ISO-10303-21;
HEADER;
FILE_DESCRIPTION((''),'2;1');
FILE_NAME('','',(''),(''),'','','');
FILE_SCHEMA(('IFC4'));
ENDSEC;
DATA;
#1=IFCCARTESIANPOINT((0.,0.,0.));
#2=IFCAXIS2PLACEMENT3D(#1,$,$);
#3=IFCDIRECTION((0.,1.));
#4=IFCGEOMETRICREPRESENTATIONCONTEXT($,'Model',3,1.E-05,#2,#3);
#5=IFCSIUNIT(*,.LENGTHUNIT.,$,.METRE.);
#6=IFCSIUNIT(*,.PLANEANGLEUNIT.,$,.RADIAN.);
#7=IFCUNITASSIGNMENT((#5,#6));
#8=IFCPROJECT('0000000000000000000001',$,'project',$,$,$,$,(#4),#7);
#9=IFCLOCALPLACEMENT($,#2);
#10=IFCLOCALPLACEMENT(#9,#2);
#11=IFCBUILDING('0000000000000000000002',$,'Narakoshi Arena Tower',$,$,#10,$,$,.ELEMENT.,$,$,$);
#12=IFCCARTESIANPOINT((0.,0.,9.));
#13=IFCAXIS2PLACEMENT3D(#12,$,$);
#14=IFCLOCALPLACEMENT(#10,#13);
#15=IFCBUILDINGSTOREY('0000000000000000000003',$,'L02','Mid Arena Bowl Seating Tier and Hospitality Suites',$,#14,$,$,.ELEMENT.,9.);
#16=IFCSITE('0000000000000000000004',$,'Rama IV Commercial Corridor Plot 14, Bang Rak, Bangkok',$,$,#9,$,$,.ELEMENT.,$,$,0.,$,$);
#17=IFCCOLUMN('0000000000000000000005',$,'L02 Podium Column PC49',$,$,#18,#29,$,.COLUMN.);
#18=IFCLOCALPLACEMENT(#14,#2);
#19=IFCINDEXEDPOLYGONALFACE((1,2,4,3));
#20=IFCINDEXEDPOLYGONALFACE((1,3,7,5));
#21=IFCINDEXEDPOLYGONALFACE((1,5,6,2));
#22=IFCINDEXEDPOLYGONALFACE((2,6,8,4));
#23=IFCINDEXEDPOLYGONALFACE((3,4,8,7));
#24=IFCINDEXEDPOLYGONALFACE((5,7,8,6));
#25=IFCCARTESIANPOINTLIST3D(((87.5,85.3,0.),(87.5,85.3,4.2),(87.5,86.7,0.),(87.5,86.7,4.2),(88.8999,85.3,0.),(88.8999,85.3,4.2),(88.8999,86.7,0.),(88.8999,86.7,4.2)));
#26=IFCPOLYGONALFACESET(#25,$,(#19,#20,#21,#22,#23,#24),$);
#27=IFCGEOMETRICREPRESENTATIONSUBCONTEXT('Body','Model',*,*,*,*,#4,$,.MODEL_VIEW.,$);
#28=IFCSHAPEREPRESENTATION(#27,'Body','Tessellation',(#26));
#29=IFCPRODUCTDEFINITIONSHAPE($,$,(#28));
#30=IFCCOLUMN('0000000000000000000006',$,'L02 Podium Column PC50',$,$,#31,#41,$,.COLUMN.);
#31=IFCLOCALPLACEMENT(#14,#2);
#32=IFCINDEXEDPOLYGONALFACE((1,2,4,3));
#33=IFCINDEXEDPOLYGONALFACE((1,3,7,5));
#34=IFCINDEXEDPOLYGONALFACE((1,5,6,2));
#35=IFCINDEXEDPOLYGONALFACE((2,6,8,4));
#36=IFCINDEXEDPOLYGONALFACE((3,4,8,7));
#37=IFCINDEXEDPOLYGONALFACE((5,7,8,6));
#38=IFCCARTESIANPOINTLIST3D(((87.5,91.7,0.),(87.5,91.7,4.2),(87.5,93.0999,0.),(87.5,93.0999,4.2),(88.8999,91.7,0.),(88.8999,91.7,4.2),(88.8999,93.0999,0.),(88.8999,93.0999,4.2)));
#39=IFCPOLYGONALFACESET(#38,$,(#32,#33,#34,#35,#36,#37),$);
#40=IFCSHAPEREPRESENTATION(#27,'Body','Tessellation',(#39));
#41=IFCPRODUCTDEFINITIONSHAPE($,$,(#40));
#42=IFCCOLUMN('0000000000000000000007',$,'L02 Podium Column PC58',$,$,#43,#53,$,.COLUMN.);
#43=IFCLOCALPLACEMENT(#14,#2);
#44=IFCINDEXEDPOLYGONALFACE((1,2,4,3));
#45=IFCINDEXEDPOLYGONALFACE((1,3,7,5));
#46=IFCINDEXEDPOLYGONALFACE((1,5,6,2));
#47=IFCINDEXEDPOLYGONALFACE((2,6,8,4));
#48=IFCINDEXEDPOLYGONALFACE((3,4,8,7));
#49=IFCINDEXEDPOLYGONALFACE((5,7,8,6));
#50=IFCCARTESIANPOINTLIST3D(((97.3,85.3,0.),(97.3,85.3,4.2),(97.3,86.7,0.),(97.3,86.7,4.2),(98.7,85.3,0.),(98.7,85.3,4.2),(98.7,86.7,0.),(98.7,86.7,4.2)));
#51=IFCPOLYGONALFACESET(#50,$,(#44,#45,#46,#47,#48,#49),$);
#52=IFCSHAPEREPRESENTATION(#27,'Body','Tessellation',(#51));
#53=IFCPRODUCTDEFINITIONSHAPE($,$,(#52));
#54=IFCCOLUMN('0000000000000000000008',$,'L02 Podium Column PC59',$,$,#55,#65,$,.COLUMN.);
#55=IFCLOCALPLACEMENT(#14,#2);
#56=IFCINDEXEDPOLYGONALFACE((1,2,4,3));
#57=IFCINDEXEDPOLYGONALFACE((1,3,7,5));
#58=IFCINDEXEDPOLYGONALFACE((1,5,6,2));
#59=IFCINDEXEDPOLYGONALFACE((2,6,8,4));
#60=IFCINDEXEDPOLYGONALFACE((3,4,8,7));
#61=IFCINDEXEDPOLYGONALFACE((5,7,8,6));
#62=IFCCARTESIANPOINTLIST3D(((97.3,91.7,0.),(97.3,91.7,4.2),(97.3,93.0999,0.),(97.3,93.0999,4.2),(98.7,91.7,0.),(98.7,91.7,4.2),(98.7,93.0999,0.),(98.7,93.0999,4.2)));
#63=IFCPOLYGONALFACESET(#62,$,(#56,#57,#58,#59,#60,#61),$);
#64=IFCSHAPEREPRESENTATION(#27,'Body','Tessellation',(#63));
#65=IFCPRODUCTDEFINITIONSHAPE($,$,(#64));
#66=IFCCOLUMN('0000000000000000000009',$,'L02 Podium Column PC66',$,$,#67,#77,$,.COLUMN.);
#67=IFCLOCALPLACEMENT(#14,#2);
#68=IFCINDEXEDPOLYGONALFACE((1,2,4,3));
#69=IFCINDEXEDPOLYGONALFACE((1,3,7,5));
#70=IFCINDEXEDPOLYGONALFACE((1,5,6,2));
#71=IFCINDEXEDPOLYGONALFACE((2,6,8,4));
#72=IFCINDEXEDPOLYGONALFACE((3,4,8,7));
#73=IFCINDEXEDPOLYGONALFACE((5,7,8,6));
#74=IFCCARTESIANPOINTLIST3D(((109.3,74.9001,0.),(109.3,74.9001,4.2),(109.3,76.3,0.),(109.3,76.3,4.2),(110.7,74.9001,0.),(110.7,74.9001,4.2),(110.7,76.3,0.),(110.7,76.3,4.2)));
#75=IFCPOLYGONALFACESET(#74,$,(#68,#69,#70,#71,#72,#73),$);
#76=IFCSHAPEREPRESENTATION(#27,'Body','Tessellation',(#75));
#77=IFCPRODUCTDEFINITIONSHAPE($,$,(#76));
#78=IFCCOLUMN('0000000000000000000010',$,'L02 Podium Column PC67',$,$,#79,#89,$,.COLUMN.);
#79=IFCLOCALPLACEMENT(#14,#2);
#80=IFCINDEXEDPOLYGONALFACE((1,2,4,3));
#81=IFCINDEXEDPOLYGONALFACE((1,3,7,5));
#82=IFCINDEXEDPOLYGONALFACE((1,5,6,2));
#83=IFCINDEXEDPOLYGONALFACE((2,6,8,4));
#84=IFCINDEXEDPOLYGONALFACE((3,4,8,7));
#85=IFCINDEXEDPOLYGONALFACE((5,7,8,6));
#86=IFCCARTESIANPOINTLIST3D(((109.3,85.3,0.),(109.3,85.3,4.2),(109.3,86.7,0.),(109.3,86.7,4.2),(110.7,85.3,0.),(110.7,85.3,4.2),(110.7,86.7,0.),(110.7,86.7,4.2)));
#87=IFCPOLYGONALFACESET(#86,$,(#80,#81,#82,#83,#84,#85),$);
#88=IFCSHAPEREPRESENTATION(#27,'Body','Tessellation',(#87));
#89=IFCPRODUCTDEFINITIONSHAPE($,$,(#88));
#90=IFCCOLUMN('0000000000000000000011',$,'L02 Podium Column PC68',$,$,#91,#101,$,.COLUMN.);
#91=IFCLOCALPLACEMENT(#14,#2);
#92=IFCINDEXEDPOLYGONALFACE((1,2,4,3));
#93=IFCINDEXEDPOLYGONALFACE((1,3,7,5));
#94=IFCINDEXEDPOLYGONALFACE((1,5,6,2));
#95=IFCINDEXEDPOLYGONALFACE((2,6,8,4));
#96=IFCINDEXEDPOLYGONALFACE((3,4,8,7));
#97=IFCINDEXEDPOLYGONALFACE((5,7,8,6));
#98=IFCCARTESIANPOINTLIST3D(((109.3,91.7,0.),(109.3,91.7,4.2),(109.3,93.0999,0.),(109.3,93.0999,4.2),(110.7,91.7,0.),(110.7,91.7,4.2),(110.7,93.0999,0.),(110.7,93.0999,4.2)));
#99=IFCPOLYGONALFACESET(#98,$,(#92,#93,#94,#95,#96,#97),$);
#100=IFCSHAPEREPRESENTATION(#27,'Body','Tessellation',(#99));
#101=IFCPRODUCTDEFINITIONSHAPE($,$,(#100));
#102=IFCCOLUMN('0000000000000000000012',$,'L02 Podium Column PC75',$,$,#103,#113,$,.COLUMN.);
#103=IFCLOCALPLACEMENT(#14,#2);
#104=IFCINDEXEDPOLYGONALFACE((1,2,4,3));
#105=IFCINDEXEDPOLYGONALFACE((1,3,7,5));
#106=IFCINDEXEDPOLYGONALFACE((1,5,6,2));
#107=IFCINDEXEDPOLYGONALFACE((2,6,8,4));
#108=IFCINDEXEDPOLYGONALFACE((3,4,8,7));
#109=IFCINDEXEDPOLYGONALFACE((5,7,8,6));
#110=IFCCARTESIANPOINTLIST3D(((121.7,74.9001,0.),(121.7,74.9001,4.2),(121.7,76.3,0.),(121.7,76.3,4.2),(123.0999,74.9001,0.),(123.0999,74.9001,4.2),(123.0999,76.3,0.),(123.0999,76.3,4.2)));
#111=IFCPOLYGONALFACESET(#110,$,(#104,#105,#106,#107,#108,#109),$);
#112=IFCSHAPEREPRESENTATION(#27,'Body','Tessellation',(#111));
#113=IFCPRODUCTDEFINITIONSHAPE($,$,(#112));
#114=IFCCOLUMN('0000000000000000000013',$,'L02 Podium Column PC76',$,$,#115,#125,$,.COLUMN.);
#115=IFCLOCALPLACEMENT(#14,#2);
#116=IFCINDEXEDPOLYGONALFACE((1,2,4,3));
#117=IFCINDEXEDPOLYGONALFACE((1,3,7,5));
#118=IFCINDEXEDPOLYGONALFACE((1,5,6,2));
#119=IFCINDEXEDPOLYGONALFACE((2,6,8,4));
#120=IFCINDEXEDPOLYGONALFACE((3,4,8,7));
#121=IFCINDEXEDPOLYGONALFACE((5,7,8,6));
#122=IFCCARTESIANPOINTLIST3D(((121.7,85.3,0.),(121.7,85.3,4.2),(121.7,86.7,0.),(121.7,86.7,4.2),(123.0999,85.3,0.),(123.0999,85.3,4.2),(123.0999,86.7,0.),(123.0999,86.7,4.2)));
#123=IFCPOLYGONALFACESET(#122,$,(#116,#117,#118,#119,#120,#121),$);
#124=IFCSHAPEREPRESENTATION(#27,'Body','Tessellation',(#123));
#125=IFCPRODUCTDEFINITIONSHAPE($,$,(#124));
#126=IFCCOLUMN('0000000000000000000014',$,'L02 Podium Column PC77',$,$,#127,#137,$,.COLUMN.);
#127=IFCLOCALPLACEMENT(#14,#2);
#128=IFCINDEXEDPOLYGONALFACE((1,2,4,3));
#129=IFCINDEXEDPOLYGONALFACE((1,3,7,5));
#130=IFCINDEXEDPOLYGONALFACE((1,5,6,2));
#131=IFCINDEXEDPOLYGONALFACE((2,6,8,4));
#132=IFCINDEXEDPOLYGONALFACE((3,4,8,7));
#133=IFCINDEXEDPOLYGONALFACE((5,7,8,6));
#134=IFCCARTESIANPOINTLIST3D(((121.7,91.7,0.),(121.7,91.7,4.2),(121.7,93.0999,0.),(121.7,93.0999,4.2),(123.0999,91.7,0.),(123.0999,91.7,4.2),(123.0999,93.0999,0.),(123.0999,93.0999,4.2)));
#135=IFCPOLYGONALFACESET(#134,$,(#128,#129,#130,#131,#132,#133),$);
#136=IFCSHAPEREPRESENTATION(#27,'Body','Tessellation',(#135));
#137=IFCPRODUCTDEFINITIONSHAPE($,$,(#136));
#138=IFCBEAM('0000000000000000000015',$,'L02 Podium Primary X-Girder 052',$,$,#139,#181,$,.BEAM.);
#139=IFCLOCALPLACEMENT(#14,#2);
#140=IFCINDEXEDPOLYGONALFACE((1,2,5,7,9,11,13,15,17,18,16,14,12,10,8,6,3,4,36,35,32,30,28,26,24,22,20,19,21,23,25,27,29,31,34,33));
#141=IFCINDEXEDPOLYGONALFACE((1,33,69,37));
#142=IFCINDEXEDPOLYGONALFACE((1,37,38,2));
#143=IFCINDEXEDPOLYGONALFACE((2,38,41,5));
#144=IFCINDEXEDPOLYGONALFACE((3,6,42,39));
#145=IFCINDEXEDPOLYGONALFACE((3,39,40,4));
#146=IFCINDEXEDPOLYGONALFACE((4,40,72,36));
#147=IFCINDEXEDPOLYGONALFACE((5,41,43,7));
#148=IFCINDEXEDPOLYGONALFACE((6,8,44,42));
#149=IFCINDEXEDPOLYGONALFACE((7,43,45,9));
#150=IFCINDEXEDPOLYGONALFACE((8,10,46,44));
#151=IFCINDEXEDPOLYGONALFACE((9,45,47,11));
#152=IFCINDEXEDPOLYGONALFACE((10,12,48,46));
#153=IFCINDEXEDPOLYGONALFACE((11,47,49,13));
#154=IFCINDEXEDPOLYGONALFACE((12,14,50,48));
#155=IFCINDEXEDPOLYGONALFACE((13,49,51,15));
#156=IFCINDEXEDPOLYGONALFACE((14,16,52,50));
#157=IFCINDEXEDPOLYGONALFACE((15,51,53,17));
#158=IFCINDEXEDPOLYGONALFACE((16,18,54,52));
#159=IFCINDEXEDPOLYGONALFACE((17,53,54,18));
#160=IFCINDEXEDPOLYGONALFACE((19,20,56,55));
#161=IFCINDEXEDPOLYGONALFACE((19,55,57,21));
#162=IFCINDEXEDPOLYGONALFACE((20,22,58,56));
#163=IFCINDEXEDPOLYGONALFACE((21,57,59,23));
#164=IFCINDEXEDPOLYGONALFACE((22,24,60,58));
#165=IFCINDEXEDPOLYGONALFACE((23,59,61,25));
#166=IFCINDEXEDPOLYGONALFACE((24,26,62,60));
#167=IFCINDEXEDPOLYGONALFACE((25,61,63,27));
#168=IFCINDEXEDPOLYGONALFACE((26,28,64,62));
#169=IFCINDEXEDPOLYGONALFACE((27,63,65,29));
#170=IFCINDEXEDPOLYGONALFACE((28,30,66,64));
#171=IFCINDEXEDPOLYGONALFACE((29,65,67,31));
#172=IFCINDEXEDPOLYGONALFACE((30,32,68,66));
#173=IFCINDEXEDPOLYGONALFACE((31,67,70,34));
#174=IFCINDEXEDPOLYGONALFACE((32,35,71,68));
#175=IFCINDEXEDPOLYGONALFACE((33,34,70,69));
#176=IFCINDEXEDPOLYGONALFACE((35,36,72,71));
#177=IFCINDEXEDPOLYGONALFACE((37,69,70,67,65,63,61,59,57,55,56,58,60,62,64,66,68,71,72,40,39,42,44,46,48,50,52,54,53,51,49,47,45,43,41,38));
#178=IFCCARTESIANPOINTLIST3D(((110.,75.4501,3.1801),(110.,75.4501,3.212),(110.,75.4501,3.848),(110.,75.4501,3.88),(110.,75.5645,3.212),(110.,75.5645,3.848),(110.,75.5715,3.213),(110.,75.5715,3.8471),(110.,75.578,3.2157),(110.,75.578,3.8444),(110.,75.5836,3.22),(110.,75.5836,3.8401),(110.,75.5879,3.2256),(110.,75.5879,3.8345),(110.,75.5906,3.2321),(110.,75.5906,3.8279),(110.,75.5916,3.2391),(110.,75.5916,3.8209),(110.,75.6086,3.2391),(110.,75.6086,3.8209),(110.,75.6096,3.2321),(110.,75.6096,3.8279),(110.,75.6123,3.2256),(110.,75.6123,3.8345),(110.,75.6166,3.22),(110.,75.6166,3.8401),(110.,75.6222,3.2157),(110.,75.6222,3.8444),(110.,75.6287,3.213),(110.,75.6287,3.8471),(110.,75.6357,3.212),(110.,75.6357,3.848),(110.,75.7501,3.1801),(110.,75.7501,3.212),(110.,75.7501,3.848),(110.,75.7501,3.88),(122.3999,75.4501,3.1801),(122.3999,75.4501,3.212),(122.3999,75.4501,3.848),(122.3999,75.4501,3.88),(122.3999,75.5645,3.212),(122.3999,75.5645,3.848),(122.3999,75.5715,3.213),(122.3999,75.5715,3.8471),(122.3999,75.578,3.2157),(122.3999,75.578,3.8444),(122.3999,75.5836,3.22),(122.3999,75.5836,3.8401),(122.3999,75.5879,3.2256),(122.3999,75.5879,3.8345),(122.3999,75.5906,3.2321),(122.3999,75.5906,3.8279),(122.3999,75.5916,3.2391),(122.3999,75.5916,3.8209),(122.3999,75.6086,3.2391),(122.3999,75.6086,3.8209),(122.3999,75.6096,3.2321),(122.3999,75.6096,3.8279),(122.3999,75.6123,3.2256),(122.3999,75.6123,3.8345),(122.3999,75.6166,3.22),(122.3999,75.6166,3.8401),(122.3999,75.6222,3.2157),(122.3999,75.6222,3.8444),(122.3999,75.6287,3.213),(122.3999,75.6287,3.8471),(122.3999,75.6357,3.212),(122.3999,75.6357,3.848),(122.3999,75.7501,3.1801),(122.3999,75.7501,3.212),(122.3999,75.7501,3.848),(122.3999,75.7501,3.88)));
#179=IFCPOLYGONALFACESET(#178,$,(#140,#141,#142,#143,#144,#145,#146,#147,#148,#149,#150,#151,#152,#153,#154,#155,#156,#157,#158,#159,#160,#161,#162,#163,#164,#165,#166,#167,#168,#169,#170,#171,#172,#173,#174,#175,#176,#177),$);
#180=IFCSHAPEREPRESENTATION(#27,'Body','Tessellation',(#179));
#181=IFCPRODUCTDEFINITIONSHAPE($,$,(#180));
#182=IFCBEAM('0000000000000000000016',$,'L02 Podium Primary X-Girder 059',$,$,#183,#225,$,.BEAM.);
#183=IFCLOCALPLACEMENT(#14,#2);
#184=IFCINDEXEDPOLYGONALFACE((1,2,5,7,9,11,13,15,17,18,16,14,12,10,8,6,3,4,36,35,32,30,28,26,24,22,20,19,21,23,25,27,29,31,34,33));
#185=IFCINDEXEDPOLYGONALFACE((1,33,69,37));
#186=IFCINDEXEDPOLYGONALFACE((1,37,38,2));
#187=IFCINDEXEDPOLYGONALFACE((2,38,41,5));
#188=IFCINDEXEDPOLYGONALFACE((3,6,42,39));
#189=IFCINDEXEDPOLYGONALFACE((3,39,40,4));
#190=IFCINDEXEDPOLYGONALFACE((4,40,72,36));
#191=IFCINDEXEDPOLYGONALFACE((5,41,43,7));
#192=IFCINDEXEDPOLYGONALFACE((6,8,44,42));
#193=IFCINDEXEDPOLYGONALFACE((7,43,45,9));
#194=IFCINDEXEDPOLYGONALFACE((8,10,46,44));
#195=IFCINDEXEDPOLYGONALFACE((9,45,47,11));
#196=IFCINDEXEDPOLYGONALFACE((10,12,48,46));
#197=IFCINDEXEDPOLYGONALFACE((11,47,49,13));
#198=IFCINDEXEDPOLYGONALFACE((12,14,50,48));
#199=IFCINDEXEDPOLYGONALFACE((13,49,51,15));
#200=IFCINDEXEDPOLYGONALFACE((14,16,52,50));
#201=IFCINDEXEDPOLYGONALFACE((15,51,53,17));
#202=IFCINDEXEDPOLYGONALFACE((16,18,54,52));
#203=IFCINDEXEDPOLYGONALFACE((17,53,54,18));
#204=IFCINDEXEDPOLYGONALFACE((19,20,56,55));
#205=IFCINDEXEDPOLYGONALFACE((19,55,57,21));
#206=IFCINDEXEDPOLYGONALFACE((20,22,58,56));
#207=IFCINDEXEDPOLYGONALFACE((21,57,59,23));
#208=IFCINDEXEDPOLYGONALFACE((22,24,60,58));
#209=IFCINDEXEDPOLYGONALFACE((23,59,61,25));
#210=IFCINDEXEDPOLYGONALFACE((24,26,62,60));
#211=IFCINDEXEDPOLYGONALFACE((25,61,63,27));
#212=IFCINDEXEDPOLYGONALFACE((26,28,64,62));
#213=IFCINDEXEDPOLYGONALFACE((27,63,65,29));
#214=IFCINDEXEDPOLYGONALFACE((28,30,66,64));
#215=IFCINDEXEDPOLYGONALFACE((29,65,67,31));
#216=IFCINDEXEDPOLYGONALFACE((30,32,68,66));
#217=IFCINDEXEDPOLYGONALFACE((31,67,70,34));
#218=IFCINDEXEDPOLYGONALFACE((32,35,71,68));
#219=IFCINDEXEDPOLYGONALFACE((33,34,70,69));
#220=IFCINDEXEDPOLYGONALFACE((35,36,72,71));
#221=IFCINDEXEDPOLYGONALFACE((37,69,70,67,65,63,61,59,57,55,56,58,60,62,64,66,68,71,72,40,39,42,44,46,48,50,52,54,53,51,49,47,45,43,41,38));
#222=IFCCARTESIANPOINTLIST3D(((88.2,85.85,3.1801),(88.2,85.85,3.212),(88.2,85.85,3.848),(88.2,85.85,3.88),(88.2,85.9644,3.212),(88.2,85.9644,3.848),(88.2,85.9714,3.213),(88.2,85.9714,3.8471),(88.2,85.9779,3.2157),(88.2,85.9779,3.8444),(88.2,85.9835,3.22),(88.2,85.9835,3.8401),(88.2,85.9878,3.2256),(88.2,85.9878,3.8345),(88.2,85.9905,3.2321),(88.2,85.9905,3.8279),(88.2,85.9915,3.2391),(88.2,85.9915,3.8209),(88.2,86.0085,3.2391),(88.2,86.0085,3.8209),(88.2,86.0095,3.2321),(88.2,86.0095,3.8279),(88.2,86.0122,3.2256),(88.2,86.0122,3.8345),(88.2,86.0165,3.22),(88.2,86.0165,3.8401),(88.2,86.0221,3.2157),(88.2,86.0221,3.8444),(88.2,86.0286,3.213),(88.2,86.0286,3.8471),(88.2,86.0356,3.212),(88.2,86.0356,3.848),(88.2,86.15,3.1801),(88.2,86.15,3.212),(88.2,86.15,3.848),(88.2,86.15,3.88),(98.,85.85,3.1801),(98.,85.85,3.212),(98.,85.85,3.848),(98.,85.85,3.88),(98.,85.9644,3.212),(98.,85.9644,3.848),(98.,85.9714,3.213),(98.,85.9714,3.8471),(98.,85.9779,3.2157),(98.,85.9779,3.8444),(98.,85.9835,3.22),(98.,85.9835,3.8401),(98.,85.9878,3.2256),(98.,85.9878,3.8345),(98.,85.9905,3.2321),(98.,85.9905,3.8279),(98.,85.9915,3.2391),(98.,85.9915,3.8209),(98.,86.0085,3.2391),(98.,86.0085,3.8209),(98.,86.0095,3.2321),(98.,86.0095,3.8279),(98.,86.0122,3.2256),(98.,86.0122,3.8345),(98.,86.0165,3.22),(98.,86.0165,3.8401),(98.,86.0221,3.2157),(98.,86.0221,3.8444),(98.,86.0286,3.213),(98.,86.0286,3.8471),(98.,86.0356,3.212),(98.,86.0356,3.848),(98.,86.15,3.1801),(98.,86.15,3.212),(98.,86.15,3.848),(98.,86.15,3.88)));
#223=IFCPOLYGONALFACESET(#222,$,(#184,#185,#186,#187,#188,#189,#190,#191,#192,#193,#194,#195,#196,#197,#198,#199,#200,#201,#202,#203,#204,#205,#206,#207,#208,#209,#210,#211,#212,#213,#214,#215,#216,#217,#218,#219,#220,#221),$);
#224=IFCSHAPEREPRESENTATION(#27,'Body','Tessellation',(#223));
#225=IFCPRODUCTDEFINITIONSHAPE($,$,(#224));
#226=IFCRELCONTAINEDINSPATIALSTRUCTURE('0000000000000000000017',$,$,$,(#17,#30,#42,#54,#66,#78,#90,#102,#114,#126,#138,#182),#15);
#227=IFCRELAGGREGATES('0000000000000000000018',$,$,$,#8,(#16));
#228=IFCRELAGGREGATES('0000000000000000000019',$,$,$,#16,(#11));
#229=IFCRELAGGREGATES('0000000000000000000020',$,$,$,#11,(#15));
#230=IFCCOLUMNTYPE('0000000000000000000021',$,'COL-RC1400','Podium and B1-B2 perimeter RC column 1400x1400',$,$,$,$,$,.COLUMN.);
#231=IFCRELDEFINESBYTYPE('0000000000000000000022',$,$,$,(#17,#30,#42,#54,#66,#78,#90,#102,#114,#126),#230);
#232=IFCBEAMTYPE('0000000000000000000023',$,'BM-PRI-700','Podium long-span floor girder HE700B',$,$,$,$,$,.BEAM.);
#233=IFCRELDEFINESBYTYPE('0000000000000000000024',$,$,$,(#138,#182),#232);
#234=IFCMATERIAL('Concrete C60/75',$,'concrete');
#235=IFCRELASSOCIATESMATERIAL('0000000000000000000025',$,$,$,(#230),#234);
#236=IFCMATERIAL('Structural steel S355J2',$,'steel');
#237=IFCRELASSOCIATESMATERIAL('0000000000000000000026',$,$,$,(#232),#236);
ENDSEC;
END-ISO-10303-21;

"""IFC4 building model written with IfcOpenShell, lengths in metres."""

from ifc_helpers import new_model, si_unit, direction, frame, origin, origin_2d, place, context, subcontext, project, spatial, rectangle, i_section, extrude, material, material_profile, profile_set, type_object, element, save


model = new_model("IFC4")

# Units and contexts
model_context = context("Model", 3, precision=1e-05, world=origin(), true_north=direction((0.0, 1.0)))
body_context = subcontext(model_context, "Body", "Model", "MODEL_VIEW")
ifc_project = project(units=[si_unit("LENGTHUNIT", "METRE"), si_unit("PLANEANGLEUNIT", "RADIAN")], contexts=[model_context])

# Site, building, storey
site_placement = place(None, origin())
site = spatial("IfcSite", under=ifc_project, at=site_placement, Name="Rama IV Commercial Corridor Plot 14, Bang Rak, Bangkok", CompositionType="ELEMENT", RefElevation=0.0)
building_placement = place(site_placement, origin())
building = spatial("IfcBuilding", under=site, at=building_placement, Name="Narakoshi Arena Tower", CompositionType="ELEMENT")
storey_placement = place(building_placement, frame((0.0, 0.0, 9.0)))
storey = spatial("IfcBuildingStorey", under=building, at=storey_placement, Name="L02", Description="Mid Arena Bowl Seating Tier and Hospitality Suites", CompositionType="ELEMENT", Elevation=9.0)

# Columns
ifc_material_1 = material(Name="Concrete C60/75", Category="concrete")
ifc_material_profile_1 = material_profile(ifc_material_1, rectangle(XDim=1.3999, YDim=1.3999, at=origin_2d()), Name="RC1400x1400")
ifc_profile_set_1 = profile_set([ifc_material_profile_1], Name="Concrete C60/75")
column_type = type_object("IfcColumnType", Name="COL-RC1400", Description="Podium and B1-B2 perimeter RC column 1400x1400", PredefinedType="COLUMN", material=ifc_profile_set_1)
for number, where, z_axis, x_axis, name in (
    (1, (88.2, 86.0, 0.0), (0.0, 0.0, 1.0), (1.0, 0.0, 0.0), "L02 Podium Column PC49"),
    (2, (88.2, 92.3999, 0.0), (0.0, 0.0, 1.0), (1.0, 0.0, 0.0), "L02 Podium Column PC50"),
    (3, (98.0, 86.0, 0.0), (0.0, 0.0, 1.0), (1.0, 0.0, 0.0), "L02 Podium Column PC58"),
    (4, (98.0, 92.3999, 0.0), (0.0, 0.0, 1.0), (1.0, 0.0, 0.0), "L02 Podium Column PC59"),
    (5, (110.0, 75.6001, 0.0), (0.0, 0.0, 1.0), (1.0, 0.0, 0.0), "L02 Podium Column PC66"),
    (6, (110.0, 86.0, 0.0), (0.0, 0.0, 1.0), (1.0, 0.0, 0.0), "L02 Podium Column PC67"),
    (7, (110.0, 92.3999, 0.0), (0.0, 0.0, 1.0), (1.0, 0.0, 0.0), "L02 Podium Column PC68"),
    (8, (122.3999, 75.6001, 0.0), (0.0, 0.0, 1.0), (1.0, 0.0, 0.0), "L02 Podium Column PC75"),
    (9, (122.3999, 86.0, 0.0), (0.0, 0.0, 1.0), (1.0, 0.0, 0.0), "L02 Podium Column PC76"),
    (10, (122.3999, 92.3999, 0.0), (0.0, 0.0, 1.0), (1.0, 0.0, 0.0), "L02 Podium Column PC77"),
):
    element("IfcColumn", number, at=place(storey_placement, frame(where, z_axis=z_axis, x_axis=x_axis)), inside=storey, type_object=column_type, Name=name, PredefinedType="COLUMN", context=body_context, shape_type="SweptSolid", body=[
        extrude(rectangle(XDim=1.3999, YDim=1.3999, at=origin_2d()), origin(), (0.0, 0.0, 1.0), 4.2),
    ])

# Beams
ifc_material_2 = material(Name="Structural steel S355J2", Category="steel")
ifc_material_profile_2 = material_profile(ifc_material_2, i_section(OverallWidth=0.3, OverallDepth=0.7, WebThickness=0.0171, FlangeThickness=0.032, FilletRadius=0.0271, at=origin_2d()), Name="HE700B")
ifc_profile_set_2 = profile_set([ifc_material_profile_2], Name="Structural steel S355J2")
beam_type_1 = type_object("IfcBeamType", Name="BM-PRI-700", Description="Podium long-span floor girder HE700B", PredefinedType="BEAM", material=ifc_profile_set_2)
beam_1_placement = place(storey_placement, frame((110.0, 75.6001, 3.53), z_axis=(1.0, 0.0, 0.0), x_axis=(0.0, 1.0, 0.0)))
element("IfcBeam", 11, at=beam_1_placement, inside=storey, type_object=beam_type_1, Name="L02 Podium Primary X-Girder 052", PredefinedType="BEAM", context=body_context, shape_type="SweptSolid", body=[
    extrude(i_section(OverallWidth=0.3, OverallDepth=0.7, WebThickness=0.0171, FlangeThickness=0.032, FilletRadius=0.0271, at=origin_2d()), origin(), (0.0, 0.0, 1.0), 12.3999),
])
beam_2_placement = place(storey_placement, frame((88.2, 86.0, 3.53), z_axis=(1.0, 0.0, 0.0), x_axis=(0.0, 1.0, 0.0)))
element("IfcBeam", 12, at=beam_2_placement, inside=storey, type_object=beam_type_1, Name="L02 Podium Primary X-Girder 059", PredefinedType="BEAM", context=body_context, shape_type="SweptSolid", body=[
    extrude(i_section(OverallWidth=0.3, OverallDepth=0.7, WebThickness=0.0171, FlangeThickness=0.032, FilletRadius=0.0271, at=origin_2d()), origin(), (0.0, 0.0, 1.0), 9.8),
])

save(model, "model.ifc")
